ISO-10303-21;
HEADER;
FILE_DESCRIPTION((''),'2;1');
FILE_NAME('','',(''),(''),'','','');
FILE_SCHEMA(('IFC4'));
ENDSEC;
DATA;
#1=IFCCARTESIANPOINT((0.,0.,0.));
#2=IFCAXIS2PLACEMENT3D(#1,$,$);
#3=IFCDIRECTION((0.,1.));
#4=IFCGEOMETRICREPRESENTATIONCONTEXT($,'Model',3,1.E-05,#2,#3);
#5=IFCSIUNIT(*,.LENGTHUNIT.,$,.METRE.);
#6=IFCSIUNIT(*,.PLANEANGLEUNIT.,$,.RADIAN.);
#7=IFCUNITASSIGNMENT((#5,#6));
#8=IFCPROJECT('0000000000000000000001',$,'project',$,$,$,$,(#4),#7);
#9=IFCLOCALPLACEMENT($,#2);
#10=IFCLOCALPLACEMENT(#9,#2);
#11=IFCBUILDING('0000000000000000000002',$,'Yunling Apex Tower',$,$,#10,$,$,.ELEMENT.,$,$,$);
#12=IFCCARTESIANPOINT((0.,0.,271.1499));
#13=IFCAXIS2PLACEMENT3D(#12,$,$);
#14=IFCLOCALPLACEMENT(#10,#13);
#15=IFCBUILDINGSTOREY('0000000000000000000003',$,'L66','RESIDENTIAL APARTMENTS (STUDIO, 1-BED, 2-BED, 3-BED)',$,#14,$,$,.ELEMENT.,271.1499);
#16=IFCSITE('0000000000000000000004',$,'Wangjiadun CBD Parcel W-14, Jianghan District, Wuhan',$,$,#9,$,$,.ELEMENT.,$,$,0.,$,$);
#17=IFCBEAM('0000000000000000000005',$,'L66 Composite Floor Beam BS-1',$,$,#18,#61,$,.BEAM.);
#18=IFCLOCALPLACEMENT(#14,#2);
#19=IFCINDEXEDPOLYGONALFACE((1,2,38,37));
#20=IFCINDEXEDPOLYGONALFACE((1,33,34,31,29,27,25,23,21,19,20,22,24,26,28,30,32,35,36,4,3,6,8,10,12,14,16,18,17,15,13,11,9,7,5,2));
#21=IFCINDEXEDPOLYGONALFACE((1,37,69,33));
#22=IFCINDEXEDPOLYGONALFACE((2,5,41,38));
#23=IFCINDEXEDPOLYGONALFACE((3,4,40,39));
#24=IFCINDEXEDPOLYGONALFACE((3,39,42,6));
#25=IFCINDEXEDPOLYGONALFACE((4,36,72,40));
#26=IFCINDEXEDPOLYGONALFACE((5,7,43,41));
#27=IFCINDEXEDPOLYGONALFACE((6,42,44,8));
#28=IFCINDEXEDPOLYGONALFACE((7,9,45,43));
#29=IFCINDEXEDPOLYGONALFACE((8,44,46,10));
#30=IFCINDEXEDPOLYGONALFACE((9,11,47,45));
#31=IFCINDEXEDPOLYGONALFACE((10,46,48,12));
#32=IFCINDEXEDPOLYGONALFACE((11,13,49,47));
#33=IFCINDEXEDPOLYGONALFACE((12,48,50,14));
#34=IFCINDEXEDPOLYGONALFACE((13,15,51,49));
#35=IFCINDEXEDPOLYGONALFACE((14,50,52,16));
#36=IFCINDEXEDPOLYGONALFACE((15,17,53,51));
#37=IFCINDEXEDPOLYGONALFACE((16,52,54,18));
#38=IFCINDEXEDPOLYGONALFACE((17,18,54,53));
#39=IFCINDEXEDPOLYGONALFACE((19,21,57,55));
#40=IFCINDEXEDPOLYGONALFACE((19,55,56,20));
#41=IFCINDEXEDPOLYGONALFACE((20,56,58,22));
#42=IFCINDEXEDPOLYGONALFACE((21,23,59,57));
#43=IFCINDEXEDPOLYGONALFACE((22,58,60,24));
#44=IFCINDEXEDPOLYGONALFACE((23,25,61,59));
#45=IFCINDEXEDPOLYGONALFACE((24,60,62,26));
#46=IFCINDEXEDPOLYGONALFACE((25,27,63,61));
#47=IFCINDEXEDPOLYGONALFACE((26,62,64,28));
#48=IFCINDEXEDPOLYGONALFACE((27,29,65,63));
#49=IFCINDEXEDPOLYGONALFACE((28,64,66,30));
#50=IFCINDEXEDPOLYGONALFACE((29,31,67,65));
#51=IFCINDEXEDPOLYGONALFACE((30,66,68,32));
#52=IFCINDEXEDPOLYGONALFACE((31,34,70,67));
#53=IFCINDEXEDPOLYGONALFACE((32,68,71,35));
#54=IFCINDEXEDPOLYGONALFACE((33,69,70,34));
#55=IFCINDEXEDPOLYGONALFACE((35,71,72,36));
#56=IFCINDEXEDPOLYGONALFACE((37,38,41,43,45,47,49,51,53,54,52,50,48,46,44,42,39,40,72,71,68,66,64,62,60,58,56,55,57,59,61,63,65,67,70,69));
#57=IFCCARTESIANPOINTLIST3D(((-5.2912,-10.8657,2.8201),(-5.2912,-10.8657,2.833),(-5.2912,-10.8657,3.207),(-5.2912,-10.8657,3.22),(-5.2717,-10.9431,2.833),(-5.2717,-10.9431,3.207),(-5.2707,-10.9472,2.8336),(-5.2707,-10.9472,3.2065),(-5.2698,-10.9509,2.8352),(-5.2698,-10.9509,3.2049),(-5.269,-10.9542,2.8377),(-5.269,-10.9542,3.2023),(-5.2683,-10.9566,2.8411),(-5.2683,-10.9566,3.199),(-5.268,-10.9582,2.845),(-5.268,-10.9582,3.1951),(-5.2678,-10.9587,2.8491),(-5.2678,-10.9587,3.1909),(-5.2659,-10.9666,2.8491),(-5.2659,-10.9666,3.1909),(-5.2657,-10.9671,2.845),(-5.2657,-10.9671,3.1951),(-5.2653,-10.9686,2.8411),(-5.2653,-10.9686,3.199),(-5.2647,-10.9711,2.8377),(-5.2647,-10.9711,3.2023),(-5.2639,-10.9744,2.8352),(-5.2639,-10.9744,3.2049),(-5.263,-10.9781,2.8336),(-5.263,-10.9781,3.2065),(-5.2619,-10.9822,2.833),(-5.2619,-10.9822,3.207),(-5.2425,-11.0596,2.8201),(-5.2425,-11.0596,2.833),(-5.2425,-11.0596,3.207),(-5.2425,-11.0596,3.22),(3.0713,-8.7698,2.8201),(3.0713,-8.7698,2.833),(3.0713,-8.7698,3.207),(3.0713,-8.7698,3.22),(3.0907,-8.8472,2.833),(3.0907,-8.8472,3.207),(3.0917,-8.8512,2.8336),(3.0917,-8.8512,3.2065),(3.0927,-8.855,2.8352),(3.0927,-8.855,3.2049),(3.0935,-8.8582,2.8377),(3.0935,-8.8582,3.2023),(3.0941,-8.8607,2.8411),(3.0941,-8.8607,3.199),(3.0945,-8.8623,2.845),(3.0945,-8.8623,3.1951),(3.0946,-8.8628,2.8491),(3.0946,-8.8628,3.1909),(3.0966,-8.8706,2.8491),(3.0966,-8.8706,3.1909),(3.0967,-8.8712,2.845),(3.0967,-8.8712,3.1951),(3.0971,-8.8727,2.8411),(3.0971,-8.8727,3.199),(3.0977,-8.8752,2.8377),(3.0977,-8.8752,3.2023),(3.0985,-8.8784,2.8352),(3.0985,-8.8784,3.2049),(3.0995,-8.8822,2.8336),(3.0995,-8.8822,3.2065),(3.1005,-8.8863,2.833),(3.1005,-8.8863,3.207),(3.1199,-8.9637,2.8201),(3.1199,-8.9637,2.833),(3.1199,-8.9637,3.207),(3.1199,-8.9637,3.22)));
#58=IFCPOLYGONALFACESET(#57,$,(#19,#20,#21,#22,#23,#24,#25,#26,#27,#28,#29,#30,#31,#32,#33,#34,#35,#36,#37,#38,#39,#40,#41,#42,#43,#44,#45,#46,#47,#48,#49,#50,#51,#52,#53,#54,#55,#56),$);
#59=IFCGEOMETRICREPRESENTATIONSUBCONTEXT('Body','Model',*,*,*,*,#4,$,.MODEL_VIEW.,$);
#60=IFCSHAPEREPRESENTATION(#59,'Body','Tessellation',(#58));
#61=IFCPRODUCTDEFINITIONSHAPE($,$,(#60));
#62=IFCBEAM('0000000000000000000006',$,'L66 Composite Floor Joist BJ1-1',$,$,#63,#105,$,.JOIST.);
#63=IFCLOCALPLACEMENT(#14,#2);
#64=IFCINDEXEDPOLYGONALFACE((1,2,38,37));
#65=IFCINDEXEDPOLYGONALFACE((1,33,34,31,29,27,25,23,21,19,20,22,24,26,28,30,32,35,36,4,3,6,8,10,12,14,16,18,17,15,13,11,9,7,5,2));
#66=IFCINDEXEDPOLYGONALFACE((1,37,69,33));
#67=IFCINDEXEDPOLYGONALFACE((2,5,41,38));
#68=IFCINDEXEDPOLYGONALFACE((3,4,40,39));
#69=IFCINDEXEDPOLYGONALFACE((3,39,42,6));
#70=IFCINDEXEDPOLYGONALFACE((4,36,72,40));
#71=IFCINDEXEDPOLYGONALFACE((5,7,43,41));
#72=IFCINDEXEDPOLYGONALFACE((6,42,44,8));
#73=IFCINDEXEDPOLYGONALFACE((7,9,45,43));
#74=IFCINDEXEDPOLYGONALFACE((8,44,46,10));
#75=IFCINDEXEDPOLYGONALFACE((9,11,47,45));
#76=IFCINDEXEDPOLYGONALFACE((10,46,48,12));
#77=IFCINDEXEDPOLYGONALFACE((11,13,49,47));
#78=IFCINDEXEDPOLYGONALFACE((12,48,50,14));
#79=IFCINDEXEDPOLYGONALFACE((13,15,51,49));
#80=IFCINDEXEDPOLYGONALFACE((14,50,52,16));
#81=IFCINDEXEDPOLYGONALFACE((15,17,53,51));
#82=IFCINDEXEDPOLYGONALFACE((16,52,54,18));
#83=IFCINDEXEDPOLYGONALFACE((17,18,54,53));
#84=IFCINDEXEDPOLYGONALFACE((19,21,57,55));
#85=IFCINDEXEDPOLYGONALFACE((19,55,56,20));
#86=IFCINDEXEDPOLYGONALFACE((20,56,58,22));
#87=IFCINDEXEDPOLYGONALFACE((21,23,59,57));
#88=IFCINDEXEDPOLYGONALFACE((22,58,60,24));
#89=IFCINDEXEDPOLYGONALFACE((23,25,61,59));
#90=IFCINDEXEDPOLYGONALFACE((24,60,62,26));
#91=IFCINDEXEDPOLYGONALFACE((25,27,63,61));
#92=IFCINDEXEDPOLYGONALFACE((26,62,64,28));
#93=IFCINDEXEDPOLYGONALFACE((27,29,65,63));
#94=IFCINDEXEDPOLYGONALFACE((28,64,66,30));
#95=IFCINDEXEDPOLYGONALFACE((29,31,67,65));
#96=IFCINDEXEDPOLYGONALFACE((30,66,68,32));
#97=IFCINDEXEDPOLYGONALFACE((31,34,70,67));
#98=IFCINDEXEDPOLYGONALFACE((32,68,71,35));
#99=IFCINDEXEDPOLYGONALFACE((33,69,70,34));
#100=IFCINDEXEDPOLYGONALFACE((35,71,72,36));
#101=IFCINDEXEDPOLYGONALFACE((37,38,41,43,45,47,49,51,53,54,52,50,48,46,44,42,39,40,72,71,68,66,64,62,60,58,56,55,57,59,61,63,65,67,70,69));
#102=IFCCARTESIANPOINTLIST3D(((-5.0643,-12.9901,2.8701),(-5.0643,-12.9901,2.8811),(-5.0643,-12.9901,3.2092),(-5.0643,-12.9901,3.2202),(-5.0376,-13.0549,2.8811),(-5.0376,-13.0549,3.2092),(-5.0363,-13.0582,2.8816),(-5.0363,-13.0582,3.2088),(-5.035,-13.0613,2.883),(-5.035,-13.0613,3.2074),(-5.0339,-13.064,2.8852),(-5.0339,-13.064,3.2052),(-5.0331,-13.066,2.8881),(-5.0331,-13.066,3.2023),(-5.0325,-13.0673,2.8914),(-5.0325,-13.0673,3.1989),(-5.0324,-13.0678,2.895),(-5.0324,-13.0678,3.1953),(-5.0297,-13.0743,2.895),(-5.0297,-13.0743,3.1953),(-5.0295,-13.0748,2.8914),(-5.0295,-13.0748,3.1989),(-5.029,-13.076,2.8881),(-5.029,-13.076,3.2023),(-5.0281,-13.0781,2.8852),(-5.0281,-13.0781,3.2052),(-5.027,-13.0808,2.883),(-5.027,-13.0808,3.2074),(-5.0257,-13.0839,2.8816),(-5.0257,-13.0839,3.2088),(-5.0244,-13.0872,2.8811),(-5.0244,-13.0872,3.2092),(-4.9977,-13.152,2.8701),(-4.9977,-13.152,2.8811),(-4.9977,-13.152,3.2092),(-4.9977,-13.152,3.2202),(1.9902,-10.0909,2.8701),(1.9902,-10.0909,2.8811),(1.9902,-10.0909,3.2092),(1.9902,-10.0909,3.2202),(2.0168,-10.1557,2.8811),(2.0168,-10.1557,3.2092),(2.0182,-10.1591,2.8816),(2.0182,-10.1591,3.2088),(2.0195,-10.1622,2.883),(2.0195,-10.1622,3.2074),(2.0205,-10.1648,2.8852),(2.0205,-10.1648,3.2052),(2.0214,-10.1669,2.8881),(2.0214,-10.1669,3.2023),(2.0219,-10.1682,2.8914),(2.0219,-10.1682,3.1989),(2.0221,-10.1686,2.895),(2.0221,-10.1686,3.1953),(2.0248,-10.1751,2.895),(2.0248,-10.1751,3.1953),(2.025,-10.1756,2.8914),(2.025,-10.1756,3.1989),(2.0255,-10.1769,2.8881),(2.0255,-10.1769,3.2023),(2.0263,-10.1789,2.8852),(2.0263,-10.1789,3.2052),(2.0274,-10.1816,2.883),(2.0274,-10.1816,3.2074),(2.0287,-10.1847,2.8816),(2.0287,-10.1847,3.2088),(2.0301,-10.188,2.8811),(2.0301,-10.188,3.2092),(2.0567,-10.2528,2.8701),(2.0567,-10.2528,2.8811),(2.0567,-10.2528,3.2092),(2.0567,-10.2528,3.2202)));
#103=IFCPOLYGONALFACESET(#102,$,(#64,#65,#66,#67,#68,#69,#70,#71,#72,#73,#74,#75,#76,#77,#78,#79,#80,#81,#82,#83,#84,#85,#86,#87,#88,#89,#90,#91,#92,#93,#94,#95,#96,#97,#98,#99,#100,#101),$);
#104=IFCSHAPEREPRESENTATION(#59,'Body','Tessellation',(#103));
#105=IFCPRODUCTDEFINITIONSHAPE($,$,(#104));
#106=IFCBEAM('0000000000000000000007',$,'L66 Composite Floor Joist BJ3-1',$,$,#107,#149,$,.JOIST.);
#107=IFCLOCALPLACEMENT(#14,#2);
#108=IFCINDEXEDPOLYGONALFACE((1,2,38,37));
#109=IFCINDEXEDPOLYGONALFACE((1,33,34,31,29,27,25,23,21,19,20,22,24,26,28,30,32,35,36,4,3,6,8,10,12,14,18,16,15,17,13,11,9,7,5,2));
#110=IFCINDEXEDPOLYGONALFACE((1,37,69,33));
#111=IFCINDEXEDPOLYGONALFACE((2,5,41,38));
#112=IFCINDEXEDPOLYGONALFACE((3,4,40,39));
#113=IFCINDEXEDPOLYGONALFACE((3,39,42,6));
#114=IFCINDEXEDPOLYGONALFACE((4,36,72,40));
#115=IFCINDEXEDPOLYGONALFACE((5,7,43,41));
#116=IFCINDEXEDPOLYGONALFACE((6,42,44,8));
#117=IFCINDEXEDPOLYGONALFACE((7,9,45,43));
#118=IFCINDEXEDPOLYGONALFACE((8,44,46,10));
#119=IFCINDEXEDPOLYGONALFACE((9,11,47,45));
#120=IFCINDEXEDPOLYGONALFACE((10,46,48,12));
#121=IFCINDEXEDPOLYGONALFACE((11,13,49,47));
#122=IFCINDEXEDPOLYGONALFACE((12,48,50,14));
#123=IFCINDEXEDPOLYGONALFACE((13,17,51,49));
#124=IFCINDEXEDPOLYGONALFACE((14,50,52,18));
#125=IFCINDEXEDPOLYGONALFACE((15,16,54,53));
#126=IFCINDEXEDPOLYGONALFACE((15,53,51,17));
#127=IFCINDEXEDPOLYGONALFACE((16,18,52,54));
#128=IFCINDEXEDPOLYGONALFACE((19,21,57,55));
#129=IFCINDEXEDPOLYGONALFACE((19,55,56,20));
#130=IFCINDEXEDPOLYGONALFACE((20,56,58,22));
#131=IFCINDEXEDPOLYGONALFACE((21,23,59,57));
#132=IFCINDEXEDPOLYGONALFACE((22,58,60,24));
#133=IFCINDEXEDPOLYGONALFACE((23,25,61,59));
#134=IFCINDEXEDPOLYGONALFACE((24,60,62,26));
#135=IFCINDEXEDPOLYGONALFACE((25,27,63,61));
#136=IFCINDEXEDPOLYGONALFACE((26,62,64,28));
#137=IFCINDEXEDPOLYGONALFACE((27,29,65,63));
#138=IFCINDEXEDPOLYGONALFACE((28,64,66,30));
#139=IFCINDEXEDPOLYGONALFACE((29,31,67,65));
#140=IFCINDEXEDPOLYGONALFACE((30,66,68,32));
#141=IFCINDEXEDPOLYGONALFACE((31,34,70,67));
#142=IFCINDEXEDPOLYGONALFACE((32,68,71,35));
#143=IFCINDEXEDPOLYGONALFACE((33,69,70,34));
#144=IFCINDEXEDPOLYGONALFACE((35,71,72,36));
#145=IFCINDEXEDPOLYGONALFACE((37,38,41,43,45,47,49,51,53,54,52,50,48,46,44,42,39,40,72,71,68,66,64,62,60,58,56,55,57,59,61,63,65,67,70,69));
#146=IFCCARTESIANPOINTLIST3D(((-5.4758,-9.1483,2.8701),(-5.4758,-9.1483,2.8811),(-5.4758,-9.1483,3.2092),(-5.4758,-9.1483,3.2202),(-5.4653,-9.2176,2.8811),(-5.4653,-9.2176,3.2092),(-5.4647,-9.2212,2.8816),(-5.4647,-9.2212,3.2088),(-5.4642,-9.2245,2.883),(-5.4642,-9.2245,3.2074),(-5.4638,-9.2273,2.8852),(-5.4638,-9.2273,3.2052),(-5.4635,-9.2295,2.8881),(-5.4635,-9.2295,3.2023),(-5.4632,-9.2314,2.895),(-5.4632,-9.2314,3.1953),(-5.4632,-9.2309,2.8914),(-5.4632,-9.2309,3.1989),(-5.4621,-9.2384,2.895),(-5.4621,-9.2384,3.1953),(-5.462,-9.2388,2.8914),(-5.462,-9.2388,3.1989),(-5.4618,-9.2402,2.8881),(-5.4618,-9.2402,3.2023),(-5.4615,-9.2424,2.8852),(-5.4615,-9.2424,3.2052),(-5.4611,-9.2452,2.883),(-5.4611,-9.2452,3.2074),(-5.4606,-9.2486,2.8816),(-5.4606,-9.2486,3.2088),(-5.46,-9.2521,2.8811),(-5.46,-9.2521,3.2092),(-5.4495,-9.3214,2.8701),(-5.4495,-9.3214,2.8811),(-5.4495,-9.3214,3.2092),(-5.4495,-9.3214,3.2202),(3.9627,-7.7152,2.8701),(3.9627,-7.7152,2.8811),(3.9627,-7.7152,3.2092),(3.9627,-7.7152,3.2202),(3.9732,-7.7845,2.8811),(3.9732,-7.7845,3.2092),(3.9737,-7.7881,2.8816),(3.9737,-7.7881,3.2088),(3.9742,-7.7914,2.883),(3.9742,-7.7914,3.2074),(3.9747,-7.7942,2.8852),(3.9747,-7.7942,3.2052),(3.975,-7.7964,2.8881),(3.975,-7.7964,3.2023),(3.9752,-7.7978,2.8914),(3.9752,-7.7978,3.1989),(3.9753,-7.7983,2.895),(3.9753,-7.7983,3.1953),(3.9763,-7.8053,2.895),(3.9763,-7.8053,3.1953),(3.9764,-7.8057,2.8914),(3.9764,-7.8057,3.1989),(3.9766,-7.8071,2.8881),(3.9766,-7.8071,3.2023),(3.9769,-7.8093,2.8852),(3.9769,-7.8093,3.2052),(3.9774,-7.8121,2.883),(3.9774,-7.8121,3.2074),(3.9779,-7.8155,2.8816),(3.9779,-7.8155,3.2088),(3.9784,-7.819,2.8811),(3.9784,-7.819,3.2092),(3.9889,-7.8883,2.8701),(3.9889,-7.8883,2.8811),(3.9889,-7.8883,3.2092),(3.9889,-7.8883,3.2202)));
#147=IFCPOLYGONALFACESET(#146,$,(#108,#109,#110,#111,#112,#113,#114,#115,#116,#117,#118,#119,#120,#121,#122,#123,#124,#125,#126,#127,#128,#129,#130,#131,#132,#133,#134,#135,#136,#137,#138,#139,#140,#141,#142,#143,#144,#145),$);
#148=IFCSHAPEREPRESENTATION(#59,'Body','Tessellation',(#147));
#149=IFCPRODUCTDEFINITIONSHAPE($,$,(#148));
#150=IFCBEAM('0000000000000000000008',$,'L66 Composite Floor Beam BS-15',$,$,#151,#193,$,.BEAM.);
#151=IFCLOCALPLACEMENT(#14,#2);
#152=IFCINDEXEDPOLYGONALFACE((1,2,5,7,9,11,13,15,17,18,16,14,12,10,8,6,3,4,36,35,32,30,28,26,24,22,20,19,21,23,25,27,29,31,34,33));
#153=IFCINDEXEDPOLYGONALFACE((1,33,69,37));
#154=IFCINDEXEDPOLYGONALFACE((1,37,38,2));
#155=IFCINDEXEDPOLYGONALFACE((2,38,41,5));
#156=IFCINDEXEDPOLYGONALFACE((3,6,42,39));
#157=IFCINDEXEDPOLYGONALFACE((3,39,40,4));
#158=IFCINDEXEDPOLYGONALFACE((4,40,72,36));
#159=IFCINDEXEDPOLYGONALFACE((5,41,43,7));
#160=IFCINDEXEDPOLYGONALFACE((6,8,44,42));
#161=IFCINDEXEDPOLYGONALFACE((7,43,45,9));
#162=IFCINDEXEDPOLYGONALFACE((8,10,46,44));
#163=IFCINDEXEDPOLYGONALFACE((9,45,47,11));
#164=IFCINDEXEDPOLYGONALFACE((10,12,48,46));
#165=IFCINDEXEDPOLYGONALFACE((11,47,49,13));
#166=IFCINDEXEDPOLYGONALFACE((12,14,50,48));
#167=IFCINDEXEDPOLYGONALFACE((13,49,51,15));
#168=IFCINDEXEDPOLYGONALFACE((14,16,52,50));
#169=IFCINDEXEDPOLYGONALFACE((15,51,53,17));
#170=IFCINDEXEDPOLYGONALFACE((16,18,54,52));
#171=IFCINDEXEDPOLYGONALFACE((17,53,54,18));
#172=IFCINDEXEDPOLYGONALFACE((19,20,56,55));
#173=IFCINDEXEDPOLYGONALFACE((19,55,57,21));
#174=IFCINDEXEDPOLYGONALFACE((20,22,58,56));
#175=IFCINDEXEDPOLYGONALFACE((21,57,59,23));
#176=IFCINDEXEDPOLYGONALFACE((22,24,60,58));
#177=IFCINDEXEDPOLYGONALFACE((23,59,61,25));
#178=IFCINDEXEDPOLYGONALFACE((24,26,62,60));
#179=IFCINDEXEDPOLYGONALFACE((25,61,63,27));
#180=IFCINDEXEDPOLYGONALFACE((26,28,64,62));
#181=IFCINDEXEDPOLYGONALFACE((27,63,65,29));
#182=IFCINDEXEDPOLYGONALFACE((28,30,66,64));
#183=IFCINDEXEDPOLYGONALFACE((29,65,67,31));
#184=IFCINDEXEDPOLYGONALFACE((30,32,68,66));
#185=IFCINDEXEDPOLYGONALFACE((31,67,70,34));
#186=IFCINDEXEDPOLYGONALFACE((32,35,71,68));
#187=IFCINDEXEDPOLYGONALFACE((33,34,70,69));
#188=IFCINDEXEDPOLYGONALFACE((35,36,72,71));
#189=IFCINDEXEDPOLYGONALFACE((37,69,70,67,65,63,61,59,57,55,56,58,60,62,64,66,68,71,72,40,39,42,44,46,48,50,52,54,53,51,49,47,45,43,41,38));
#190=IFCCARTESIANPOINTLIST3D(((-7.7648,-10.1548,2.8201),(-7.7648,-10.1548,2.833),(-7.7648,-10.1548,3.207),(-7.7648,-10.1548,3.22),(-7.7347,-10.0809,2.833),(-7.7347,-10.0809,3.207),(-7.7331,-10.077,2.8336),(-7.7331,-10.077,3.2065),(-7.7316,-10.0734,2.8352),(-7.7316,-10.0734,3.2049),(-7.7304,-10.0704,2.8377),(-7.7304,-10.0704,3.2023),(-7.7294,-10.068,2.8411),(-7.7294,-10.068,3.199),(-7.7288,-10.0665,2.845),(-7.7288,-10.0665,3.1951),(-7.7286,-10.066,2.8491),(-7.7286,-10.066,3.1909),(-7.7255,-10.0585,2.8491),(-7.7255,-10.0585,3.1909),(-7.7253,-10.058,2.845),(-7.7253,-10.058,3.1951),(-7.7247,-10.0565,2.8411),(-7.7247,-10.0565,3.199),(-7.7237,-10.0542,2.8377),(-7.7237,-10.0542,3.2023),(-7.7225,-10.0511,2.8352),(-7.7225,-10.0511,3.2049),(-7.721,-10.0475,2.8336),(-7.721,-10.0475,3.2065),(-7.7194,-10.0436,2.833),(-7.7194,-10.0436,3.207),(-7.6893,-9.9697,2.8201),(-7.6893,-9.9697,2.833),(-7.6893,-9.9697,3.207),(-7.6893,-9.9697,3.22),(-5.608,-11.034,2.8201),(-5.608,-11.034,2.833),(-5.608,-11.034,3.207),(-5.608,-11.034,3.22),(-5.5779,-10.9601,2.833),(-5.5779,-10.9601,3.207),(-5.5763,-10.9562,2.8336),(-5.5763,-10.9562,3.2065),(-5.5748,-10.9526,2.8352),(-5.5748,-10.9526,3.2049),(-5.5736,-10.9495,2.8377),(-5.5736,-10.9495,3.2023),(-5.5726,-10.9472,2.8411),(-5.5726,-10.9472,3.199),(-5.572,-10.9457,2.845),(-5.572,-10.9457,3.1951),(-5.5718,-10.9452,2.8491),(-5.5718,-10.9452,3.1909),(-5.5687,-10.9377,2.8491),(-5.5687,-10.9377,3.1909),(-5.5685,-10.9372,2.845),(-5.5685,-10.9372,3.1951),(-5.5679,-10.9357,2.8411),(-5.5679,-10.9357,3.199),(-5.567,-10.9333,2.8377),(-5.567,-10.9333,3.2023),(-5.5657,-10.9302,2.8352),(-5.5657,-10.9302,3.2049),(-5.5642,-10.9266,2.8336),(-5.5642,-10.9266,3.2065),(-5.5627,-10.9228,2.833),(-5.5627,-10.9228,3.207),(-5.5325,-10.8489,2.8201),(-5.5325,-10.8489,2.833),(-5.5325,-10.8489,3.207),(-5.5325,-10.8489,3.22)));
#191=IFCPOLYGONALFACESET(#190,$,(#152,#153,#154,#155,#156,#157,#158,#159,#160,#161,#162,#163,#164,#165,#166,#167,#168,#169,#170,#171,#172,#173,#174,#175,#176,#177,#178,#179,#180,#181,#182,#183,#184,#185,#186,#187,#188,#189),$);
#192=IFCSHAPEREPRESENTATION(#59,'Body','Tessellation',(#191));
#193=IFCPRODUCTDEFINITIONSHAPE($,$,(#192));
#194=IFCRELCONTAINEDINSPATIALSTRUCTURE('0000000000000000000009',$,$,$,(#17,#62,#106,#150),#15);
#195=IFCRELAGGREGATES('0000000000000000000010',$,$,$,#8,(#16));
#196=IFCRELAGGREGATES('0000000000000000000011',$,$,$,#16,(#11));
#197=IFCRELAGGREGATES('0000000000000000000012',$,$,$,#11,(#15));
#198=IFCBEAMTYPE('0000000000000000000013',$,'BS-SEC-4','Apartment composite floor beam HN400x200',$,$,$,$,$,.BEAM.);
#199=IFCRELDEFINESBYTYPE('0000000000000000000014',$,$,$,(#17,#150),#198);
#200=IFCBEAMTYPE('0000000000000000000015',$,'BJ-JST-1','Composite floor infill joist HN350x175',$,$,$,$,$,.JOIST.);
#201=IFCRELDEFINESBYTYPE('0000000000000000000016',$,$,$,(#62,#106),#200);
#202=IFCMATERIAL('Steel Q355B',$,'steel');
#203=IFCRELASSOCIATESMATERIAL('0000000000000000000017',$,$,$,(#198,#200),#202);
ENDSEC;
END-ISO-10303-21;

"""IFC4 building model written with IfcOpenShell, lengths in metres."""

from ifc_helpers import new_model, si_unit, direction, frame, origin, origin_2d, place, context, subcontext, project, spatial, i_section, extrude, source, transform, mapped, material, material_profile, profile_set, type_object, element, save


model = new_model("IFC4")

# Units and contexts
model_context = context("Model", 3, precision=1e-05, world=origin(), true_north=direction((0.0, 1.0)))
body_context = subcontext(model_context, "Body", "Model", "MODEL_VIEW")
ifc_project = project(units=[si_unit("LENGTHUNIT", "METRE"), si_unit("PLANEANGLEUNIT", "RADIAN")], contexts=[model_context])

# Site, building, storey
site_placement = place(None, origin())
site = spatial("IfcSite", under=ifc_project, at=site_placement, Name="Wangjiadun CBD Parcel W-14, Jianghan District, Wuhan", CompositionType="ELEMENT", RefElevation=0.0)
building_placement = place(site_placement, origin())
building = spatial("IfcBuilding", under=site, at=building_placement, Name="Yunling Apex Tower", CompositionType="ELEMENT")
storey_placement = place(building_placement, frame((0.0, 0.0, 271.1499)))
storey = spatial("IfcBuildingStorey", under=building, at=storey_placement, Name="L66", Description="RESIDENTIAL APARTMENTS (STUDIO, 1-BED, 2-BED, 3-BED)", CompositionType="ELEMENT", Elevation=271.1499)

# Shared definitions
ifc_material_1 = material(Name="Steel Q355B", Category="steel")

# Beams
ifc_material_profile_1 = material_profile(ifc_material_1, i_section(OverallWidth=0.2, OverallDepth=0.3999, WebThickness=0.0081, FlangeThickness=0.0129, FilletRadius=0.0161, at=origin_2d()))
ifc_profile_set_1 = profile_set([ifc_material_profile_1], Name="Steel Q355B")
beam_type_1 = type_object("IfcBeamType", Name="BS-SEC-4", Description="Apartment composite floor beam HN400x200", PredefinedType="BEAM", material=ifc_profile_set_1)
shared_shape_1 = source(origin(), body_context, "Body", "SweptSolid", [
    extrude(i_section(OverallWidth=0.2, OverallDepth=0.3999, WebThickness=0.0081, FlangeThickness=0.0129, FilletRadius=0.0161, at=origin_2d()), origin(), (0.0, 0.0, 1.0), 8.6211),
])
beam_1_placement = place(storey_placement, frame((-5.2668, -10.9626, 3.02), z_axis=(0.969997, 0.243115, 0.0), x_axis=(-0.243115, 0.969997, 0.0)))
element("IfcBeam", 1, at=beam_1_placement, inside=storey, type_object=beam_type_1, Name="L66 Composite Floor Beam BS-1", PredefinedType="BEAM", context=body_context, shape_type="MappedRepresentation", body=[
    mapped(shared_shape_1, transform((0.0, 0.0, 0.0), scale=1.0)),
])
ifc_material_profile_2 = material_profile(ifc_material_1, i_section(OverallWidth=0.175, OverallDepth=0.3501, WebThickness=0.0071, FlangeThickness=0.011, FilletRadius=0.0139, at=origin_2d()))
ifc_profile_set_2 = profile_set([ifc_material_profile_2], Name="Steel Q355B")
beam_type_2 = type_object("IfcBeamType", Name="BJ-JST-1", Description="Composite floor infill joist HN350x175", PredefinedType="JOIST", material=ifc_profile_set_2)
shared_shape_2 = source(origin(), body_context, "Body", "SweptSolid", [
    extrude(i_section(OverallWidth=0.175, OverallDepth=0.3501, WebThickness=0.0071, FlangeThickness=0.011, FilletRadius=0.0139, at=origin_2d()), origin(), (0.0, 0.0, 1.0), 7.627),
])
beam_2_placement = place(storey_placement, frame((-5.031, -13.071, 3.0452), z_axis=(0.924936, 0.380122, 0.0), x_axis=(-0.380122, 0.924936, 0.0)))
element("IfcBeam", 2, at=beam_2_placement, inside=storey, type_object=beam_type_2, Name="L66 Composite Floor Joist BJ1-1", PredefinedType="JOIST", context=body_context, shape_type="MappedRepresentation", body=[
    mapped(shared_shape_2, transform((0.0, 0.0, 0.0), scale=1.0)),
])
shared_shape_3 = source(origin(), body_context, "Body", "SweptSolid", [
    extrude(i_section(OverallWidth=0.175, OverallDepth=0.3501, WebThickness=0.0071, FlangeThickness=0.011, FilletRadius=0.0139, at=origin_2d()), origin(), (0.0, 0.0, 1.0), 9.5466),
])
beam_3_placement = place(storey_placement, frame((-5.4626, -9.2349, 3.0452), z_axis=(0.988668, 0.150116, 0.0), x_axis=(-0.150116, 0.988668, 0.0)))
element("IfcBeam", 3, at=beam_3_placement, inside=storey, type_object=beam_type_2, Name="L66 Composite Floor Joist BJ3-1", PredefinedType="JOIST", context=body_context, shape_type="MappedRepresentation", body=[
    mapped(shared_shape_3, transform((0.0, 0.0, 0.0), scale=1.0)),
])
shared_shape_4 = source(origin(), body_context, "Body", "SweptSolid", [
    extrude(i_section(OverallWidth=0.2, OverallDepth=0.3999, WebThickness=0.0081, FlangeThickness=0.0129, FilletRadius=0.0161, at=origin_2d()), origin(), (0.0, 0.0, 1.0), 2.3291),
])
beam_4_placement = place(storey_placement, frame((-7.7271, -10.0623, 3.02), z_axis=(0.92602, -0.377473, 0.0), x_axis=(0.377473, 0.92602, 0.0)))
element("IfcBeam", 4, at=beam_4_placement, inside=storey, type_object=beam_type_1, Name="L66 Composite Floor Beam BS-15", PredefinedType="BEAM", context=body_context, shape_type="MappedRepresentation", body=[
    mapped(shared_shape_4, transform((0.0, 0.0, 0.0), scale=1.0)),
])

save(model, "model.ifc")
